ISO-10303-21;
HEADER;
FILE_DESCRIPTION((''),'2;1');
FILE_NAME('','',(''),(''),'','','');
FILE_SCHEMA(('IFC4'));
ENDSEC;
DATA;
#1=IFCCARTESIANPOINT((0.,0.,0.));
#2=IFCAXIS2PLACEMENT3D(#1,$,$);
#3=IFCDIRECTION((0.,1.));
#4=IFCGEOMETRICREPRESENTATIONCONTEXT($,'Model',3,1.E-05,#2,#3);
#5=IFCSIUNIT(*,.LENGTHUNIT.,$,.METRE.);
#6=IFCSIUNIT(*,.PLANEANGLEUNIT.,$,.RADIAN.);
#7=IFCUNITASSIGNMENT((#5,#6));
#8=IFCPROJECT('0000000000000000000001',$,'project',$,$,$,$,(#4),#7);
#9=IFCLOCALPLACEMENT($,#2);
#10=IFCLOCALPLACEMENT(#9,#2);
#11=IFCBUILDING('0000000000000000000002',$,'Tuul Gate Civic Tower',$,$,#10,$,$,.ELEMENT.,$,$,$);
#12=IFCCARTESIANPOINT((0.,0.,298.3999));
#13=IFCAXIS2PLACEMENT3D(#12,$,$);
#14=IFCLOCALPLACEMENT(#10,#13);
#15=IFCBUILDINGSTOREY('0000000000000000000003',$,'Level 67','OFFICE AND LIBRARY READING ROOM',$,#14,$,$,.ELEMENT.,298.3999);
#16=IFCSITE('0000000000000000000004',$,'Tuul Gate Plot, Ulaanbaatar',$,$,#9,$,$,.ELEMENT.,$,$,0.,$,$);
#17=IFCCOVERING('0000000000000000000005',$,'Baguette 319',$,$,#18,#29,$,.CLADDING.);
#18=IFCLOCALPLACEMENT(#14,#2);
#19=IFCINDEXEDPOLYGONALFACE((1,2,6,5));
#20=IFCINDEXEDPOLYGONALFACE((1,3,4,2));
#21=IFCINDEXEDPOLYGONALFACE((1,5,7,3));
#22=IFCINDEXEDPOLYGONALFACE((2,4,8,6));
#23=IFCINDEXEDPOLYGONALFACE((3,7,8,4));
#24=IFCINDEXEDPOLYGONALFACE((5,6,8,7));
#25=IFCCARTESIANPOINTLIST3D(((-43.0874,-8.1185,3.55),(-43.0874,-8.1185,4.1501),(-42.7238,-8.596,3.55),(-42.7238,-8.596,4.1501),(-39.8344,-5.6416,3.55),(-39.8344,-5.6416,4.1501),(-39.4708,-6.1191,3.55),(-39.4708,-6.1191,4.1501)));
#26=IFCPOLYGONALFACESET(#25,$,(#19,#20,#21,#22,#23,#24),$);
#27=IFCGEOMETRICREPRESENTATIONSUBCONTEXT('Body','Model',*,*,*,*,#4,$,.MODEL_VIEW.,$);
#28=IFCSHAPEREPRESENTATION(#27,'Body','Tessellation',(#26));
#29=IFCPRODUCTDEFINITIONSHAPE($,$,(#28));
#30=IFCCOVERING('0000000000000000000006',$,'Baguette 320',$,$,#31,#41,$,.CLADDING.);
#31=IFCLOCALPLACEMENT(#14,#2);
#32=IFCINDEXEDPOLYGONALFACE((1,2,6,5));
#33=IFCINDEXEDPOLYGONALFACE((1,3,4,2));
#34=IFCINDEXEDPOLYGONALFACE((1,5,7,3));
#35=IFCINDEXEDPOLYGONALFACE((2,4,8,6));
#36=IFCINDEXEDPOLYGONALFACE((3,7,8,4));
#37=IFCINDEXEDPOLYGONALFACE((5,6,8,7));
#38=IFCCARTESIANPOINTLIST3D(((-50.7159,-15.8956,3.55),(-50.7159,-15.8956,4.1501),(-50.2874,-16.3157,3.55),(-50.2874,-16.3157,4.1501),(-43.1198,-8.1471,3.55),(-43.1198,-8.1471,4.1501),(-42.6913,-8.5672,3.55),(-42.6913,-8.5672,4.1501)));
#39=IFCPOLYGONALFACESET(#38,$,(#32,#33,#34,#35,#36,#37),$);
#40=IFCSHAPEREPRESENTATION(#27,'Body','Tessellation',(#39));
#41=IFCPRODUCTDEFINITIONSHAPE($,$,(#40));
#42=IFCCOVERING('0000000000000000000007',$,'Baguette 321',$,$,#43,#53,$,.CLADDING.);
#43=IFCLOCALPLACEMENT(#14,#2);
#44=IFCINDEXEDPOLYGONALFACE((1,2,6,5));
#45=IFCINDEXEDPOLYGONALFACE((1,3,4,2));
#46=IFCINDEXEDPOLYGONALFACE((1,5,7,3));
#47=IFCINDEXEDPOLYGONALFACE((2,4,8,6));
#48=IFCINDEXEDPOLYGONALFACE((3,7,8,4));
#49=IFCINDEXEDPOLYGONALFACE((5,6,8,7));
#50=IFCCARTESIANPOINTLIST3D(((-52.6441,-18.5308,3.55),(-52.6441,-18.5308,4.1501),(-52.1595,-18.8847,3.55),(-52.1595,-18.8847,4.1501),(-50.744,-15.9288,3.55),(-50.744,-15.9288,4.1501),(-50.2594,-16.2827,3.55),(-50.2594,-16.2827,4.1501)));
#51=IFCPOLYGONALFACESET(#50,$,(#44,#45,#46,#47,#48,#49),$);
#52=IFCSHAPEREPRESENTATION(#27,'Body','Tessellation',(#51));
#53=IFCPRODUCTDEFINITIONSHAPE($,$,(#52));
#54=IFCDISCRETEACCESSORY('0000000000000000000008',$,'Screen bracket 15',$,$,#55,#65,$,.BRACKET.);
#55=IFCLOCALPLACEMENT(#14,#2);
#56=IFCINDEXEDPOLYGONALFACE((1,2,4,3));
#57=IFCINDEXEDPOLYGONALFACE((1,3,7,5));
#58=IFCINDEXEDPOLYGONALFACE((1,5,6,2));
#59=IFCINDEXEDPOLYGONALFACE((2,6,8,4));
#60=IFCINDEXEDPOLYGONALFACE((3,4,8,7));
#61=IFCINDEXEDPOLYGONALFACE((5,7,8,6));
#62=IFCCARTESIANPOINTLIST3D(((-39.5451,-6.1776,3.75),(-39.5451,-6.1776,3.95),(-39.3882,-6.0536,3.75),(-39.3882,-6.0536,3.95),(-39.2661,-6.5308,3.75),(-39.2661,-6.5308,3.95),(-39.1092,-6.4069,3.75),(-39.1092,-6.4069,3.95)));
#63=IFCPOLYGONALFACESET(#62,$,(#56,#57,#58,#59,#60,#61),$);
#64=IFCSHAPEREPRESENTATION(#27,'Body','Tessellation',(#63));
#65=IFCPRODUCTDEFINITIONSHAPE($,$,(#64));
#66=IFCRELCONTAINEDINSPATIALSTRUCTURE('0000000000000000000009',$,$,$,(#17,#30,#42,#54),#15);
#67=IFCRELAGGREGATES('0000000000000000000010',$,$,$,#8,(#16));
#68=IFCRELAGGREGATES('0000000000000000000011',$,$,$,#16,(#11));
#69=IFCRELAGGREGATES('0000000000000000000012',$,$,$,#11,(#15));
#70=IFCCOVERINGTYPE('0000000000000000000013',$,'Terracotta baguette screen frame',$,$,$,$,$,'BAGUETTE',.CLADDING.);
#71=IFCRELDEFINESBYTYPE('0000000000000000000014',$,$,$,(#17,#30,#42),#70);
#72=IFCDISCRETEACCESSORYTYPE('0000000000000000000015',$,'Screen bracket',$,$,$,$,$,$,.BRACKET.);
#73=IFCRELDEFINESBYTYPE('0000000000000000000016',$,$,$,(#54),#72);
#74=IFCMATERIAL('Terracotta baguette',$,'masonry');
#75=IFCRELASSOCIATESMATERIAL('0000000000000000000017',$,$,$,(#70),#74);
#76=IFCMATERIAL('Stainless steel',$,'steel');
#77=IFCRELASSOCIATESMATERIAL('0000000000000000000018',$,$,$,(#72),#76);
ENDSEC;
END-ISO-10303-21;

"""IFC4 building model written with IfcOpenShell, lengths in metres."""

from ifc_helpers import new_model, si_unit, direction, frame, origin, origin_2d, place, context, subcontext, project, spatial, rectangle, extrude, material, material_profile, profile_set, type_object, element, save


model = new_model("IFC4")

# Units and contexts
model_context = context("Model", 3, precision=1e-05, world=origin(), true_north=direction((0.0, 1.0)))
body_context = subcontext(model_context, "Body", "Model", "MODEL_VIEW")
ifc_project = project(units=[si_unit("LENGTHUNIT", "METRE"), si_unit("PLANEANGLEUNIT", "RADIAN")], contexts=[model_context])

# Site, building, storey
site_placement = place(None, origin())
site = spatial("IfcSite", under=ifc_project, at=site_placement, Name="Tuul Gate Plot, Ulaanbaatar", CompositionType="ELEMENT", RefElevation=0.0)
building_placement = place(site_placement, origin())
building = spatial("IfcBuilding", under=site, at=building_placement, Name="Tuul Gate Civic Tower", CompositionType="ELEMENT")
storey_placement = place(building_placement, frame((0.0, 0.0, 298.3999)))
storey = spatial("IfcBuildingStorey", under=building, at=storey_placement, Name="Level 67", Description="OFFICE AND LIBRARY READING ROOM", CompositionType="ELEMENT", Elevation=298.3999)

# Coverings
ifc_material_1 = material(Name="Terracotta baguette", Category="masonry")
ifc_material_profile_1 = material_profile(ifc_material_1, rectangle(XDim=0.6001, YDim=0.6001, at=origin_2d()), Name="Terracotta baguette screen frame")
ifc_profile_set_1 = profile_set([ifc_material_profile_1], Name="Terracotta baguette")
covering_type = type_object("IfcCoveringType", Name="Terracotta baguette screen frame", ElementType="BAGUETTE", PredefinedType="CLADDING", material=ifc_profile_set_1)
covering_1_placement = place(storey_placement, frame((-39.6526, -5.8804, 3.8501), z_axis=(-0.795622, -0.605793, 0.0), x_axis=(0.605793, -0.795622, 0.0)))
element("IfcCovering", 1, at=covering_1_placement, inside=storey, type_object=covering_type, Name="Baguette 319", PredefinedType="CLADDING", context=body_context, shape_type="SweptSolid", body=[
    extrude(rectangle(XDim=0.6001, YDim=0.6001, at=origin_2d()), origin(), (0.0, 0.0, 1.0), 4.0886),
])
covering_2_placement = place(storey_placement, frame((-42.9055, -8.3572, 3.8501), z_axis=(-0.700052, -0.714092, 0.0), x_axis=(0.714092, -0.700052, 0.0)))
element("IfcCovering", 2, at=covering_2_placement, inside=storey, type_object=covering_type, Name="Baguette 320", PredefinedType="CLADDING", context=body_context, shape_type="SweptSolid", body=[
    extrude(rectangle(XDim=0.6001, YDim=0.6001, at=origin_2d()), origin(), (0.0, 0.0, 1.0), 10.8508),
])
covering_3_placement = place(storey_placement, frame((-50.5017, -16.1057, 3.8501), z_axis=(-0.589743, -0.807591, 0.0), x_axis=(0.807591, -0.589743, 0.0)))
element("IfcCovering", 3, at=covering_3_placement, inside=storey, type_object=covering_type, Name="Baguette 321", PredefinedType="CLADDING", context=body_context, shape_type="SweptSolid", body=[
    extrude(rectangle(XDim=0.6001, YDim=0.6001, at=origin_2d()), origin(), (0.0, 0.0, 1.0), 3.2219),
])

# Discrete accessory
ifc_material_2 = material(Name="Stainless steel", Category="steel")
discrete_accessory_type = type_object("IfcDiscreteAccessoryType", Name="Screen bracket", PredefinedType="BRACKET", material=ifc_material_2)
discrete_accessory_placement = place(storey_placement, frame((-39.3271, -6.2922, 3.75), z_axis=(0.0, 0.0, 1.0), x_axis=(-0.61989, 0.784689, 0.0)))
element("IfcDiscreteAccessory", 4, at=discrete_accessory_placement, inside=storey, type_object=discrete_accessory_type, Name="Screen bracket 15", PredefinedType="BRACKET", context=body_context, shape_type="SweptSolid", body=[
    extrude(rectangle(XDim=0.4502, YDim=0.2, at=origin_2d()), origin(), (0.0, 0.0, 1.0), 0.2),
])

save(model, "model.ifc")
